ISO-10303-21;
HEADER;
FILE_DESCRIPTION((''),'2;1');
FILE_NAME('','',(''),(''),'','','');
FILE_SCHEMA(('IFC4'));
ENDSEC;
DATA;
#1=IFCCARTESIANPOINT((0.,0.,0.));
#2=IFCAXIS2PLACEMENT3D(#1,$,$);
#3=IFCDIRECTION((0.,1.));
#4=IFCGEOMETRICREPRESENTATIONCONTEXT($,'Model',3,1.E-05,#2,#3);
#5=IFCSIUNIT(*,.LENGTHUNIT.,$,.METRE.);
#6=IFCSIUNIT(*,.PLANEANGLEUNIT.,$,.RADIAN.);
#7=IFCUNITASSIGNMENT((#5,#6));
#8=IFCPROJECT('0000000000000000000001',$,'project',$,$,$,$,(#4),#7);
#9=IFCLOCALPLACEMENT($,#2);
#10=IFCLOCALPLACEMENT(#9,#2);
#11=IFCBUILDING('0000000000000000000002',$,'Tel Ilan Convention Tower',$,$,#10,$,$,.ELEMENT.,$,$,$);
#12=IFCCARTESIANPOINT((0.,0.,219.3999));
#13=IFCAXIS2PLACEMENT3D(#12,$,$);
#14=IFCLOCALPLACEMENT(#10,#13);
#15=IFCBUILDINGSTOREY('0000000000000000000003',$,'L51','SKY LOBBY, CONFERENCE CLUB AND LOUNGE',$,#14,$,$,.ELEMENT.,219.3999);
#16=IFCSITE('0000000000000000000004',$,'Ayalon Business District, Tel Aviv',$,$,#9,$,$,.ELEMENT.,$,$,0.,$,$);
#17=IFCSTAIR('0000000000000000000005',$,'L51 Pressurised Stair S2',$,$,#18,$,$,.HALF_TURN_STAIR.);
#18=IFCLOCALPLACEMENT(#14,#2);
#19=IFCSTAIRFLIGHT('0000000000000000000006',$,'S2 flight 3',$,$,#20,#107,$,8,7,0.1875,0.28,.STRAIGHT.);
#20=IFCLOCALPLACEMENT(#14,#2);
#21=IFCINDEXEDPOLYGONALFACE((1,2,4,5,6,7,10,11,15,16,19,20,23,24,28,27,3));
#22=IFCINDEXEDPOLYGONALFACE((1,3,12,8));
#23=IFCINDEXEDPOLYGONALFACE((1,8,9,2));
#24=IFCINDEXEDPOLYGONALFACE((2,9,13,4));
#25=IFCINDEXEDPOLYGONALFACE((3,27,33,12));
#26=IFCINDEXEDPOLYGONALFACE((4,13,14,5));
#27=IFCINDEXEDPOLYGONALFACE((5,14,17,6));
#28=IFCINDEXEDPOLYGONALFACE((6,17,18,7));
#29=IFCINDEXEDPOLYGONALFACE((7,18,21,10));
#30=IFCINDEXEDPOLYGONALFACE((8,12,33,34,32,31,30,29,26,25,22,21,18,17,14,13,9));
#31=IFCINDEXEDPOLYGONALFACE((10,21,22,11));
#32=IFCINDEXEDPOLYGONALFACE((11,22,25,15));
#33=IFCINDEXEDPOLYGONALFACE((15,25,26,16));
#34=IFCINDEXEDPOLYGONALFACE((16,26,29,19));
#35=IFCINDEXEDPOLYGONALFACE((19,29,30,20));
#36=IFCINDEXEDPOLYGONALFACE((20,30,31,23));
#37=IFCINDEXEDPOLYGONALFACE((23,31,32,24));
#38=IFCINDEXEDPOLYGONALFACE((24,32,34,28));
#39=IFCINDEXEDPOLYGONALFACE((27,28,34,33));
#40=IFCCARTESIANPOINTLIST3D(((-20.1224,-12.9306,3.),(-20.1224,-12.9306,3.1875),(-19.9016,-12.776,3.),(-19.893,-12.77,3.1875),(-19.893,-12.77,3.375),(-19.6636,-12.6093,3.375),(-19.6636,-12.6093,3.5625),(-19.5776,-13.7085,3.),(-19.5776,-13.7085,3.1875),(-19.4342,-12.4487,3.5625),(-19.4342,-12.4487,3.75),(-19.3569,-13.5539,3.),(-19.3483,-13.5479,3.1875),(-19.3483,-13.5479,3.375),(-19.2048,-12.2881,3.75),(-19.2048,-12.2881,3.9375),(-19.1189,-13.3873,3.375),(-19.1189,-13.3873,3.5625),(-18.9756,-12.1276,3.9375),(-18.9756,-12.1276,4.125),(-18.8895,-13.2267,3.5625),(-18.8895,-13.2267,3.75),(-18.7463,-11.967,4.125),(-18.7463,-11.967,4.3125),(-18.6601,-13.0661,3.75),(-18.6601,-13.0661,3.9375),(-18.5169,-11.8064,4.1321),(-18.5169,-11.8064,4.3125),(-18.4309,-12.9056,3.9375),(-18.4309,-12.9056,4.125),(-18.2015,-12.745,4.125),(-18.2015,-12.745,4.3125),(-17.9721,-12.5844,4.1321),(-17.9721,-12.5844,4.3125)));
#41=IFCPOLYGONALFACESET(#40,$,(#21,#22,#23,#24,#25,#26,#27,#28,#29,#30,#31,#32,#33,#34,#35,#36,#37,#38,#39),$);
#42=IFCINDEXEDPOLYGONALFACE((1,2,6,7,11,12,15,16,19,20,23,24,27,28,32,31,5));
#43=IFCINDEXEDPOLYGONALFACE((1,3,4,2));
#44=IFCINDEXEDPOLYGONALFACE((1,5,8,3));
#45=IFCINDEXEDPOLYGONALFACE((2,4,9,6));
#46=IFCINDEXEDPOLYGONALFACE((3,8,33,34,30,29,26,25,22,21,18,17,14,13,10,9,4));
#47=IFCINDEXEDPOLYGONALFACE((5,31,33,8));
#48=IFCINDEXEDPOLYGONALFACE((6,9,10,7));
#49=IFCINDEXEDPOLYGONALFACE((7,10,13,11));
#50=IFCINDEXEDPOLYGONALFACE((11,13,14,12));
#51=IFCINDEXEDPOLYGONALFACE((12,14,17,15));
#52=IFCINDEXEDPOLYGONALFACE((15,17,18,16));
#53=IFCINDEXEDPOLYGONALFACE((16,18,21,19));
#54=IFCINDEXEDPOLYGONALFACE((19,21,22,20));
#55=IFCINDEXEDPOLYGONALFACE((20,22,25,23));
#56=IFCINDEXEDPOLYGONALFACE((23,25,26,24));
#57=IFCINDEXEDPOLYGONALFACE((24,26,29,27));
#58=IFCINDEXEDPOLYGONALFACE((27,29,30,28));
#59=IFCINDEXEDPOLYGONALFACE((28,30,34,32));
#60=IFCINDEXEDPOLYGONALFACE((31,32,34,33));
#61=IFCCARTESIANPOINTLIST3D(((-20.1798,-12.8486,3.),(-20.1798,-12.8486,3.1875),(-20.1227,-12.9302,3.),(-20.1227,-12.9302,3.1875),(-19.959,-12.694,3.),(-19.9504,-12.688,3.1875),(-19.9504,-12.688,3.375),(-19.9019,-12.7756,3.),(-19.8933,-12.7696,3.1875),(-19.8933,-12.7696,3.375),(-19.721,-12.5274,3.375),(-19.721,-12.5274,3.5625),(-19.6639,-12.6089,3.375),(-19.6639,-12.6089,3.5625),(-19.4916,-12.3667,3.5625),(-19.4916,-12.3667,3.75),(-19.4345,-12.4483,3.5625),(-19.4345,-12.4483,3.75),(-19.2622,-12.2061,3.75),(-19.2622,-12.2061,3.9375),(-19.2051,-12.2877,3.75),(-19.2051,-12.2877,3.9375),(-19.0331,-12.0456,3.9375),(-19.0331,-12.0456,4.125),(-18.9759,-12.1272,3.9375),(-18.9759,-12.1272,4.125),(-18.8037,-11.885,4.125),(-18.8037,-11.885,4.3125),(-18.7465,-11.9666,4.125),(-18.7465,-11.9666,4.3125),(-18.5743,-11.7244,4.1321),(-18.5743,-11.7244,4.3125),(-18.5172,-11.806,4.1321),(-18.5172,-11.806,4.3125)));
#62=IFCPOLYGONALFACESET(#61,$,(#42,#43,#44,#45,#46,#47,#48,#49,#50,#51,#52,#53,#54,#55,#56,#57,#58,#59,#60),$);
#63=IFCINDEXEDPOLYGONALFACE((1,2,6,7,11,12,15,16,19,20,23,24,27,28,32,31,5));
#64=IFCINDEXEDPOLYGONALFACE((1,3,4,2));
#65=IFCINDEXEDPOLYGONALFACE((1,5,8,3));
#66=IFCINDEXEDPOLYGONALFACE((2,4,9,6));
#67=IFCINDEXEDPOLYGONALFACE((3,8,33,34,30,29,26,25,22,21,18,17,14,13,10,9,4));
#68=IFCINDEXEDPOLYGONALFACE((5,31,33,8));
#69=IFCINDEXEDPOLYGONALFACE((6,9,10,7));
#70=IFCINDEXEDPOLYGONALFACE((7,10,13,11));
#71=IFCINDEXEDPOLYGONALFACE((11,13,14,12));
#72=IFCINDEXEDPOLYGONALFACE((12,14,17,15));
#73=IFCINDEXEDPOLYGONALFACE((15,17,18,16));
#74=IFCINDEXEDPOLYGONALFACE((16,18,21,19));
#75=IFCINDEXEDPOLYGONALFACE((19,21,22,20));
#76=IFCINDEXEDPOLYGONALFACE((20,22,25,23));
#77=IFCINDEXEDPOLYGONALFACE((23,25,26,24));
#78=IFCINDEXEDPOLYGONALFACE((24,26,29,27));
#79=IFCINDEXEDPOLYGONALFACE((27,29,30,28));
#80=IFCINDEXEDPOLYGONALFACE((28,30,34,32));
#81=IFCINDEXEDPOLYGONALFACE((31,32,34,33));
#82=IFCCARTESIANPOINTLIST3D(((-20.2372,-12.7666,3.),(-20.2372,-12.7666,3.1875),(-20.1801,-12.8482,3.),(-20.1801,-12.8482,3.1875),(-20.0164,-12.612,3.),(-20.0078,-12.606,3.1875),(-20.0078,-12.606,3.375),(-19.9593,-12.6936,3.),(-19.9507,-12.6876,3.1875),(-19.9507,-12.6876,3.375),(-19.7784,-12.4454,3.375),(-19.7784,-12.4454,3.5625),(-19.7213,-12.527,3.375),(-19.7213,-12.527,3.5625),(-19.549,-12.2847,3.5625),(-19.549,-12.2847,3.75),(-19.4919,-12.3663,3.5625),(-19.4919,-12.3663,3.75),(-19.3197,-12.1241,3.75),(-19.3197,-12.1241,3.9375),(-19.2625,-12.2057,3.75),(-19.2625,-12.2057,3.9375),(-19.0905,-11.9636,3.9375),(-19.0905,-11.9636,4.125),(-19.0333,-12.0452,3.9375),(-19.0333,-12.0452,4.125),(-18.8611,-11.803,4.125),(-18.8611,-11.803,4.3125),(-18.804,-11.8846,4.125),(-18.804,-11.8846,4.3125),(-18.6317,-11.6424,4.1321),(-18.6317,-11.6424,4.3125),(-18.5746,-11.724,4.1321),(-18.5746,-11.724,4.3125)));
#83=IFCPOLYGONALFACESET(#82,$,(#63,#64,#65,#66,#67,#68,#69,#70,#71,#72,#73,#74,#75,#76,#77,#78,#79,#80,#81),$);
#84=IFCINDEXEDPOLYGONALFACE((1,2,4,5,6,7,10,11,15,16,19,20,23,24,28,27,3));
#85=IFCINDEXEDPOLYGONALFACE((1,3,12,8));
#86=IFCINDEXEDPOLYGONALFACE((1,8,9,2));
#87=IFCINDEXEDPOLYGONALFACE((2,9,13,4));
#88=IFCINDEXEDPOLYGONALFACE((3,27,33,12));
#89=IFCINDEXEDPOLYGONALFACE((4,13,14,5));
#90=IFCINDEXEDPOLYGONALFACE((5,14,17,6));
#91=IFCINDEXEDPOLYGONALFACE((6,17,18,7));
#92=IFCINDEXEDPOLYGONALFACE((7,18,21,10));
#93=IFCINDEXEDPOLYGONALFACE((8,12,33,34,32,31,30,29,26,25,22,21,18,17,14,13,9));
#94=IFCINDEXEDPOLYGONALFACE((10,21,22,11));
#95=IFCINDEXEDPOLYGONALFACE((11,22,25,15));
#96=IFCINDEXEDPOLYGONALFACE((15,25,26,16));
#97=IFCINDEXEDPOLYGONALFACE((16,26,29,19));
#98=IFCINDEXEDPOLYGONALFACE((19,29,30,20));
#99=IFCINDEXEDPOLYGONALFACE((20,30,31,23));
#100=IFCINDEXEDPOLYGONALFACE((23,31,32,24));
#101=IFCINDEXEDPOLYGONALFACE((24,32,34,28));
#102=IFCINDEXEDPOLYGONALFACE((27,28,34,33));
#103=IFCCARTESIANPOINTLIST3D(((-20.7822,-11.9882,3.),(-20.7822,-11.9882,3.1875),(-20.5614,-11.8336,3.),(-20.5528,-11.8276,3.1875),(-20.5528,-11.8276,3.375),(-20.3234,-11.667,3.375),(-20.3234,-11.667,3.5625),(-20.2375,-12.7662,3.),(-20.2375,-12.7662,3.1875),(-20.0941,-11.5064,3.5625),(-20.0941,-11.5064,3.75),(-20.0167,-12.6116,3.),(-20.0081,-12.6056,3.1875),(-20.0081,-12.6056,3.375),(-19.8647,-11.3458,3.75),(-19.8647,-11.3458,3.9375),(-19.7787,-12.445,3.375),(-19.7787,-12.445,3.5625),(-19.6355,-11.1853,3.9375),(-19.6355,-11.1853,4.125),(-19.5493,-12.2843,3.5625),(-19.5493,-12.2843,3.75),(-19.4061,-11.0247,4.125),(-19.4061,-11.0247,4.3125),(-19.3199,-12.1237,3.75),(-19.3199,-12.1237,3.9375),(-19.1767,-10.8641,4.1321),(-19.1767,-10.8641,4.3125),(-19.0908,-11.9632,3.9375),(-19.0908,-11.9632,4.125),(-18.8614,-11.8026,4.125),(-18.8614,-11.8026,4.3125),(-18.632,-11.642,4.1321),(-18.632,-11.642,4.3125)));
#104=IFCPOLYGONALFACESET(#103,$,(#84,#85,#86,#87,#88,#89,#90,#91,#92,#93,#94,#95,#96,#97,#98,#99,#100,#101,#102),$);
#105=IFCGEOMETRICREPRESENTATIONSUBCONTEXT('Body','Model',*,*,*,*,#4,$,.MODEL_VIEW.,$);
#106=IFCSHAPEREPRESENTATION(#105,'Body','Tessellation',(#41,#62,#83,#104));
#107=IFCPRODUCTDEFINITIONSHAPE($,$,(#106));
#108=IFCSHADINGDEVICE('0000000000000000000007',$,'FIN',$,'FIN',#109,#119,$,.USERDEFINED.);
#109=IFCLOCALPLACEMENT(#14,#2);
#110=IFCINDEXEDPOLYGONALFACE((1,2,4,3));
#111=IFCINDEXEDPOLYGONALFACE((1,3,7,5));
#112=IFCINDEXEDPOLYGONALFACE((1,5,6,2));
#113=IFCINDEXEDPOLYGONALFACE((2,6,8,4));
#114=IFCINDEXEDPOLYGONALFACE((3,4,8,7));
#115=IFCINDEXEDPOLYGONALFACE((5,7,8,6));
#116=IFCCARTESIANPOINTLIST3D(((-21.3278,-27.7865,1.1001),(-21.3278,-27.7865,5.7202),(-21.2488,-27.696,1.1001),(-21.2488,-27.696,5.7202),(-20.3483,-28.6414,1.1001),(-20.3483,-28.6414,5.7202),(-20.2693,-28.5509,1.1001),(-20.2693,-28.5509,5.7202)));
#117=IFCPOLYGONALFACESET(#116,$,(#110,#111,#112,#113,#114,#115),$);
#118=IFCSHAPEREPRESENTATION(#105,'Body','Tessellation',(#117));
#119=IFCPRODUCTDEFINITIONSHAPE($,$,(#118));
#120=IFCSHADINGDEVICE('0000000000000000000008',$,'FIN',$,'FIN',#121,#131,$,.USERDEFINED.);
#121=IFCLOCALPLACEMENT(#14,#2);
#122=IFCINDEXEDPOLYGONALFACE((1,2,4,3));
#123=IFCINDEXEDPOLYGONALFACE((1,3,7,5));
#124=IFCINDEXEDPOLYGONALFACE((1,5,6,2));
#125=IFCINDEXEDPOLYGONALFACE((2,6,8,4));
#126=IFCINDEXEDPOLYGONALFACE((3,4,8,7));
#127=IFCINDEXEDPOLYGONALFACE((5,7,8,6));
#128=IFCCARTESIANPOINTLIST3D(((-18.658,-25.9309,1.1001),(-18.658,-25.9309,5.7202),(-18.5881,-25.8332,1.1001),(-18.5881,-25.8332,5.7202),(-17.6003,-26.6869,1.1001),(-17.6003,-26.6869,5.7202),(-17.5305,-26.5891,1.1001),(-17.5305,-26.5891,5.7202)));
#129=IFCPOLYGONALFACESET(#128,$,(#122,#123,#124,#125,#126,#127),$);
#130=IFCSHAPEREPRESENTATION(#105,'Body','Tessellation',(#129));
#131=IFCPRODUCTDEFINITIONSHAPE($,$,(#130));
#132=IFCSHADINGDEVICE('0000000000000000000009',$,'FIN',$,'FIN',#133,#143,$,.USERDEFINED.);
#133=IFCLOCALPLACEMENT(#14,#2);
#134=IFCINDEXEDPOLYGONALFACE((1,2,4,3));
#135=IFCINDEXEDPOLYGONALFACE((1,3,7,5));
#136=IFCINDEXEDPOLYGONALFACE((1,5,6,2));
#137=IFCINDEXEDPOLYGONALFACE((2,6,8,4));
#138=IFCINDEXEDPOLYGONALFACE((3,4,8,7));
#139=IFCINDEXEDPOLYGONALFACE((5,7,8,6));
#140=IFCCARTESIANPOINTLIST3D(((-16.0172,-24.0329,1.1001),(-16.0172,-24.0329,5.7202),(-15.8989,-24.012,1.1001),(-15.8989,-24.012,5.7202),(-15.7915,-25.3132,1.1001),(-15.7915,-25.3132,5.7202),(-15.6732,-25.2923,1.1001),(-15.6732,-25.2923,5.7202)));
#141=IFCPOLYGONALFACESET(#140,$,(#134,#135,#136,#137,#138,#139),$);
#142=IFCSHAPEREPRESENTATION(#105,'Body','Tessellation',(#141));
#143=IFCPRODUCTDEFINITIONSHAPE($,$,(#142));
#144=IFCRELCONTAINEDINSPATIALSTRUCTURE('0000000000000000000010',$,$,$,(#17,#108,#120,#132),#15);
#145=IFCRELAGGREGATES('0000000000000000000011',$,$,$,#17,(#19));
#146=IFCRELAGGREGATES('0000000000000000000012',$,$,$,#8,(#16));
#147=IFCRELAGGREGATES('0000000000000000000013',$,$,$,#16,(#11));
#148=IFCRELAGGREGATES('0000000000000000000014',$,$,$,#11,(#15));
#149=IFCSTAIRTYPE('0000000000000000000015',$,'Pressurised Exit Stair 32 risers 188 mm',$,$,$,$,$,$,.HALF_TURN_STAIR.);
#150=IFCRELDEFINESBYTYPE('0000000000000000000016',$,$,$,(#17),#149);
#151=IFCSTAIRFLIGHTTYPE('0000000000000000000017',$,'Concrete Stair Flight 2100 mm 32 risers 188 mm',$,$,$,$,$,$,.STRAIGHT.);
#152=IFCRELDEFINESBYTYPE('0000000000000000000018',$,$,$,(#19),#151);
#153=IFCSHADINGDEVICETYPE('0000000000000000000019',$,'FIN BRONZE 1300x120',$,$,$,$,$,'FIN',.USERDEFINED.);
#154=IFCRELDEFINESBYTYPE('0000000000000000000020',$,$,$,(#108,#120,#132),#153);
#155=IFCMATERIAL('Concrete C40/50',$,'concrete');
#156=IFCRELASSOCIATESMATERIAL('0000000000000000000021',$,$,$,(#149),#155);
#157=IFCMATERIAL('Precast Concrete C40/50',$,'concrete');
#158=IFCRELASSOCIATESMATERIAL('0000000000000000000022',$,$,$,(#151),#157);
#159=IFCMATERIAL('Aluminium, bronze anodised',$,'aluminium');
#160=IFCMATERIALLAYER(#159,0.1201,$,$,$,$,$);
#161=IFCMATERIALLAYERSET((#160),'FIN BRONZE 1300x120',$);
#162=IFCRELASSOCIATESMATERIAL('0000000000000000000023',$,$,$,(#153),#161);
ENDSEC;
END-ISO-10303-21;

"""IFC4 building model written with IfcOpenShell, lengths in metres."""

from ifc_helpers import new_model, si_unit, direction, frame, origin, origin_2d, place, context, subcontext, project, spatial, polyline, rectangle, outline, extrude, material, layer, layer_set, type_object, element, aggregate, save


model = new_model("IFC4")

# Units and contexts
model_context = context("Model", 3, precision=1e-05, world=origin(), true_north=direction((0.0, 1.0)))
body_context = subcontext(model_context, "Body", "Model", "MODEL_VIEW")
ifc_project = project(units=[si_unit("LENGTHUNIT", "METRE"), si_unit("PLANEANGLEUNIT", "RADIAN")], contexts=[model_context])

# Site, building, storey
site_placement = place(None, origin())
site = spatial("IfcSite", under=ifc_project, at=site_placement, Name="Ayalon Business District, Tel Aviv", CompositionType="ELEMENT", RefElevation=0.0)
building_placement = place(site_placement, origin())
building = spatial("IfcBuilding", under=site, at=building_placement, Name="Tel Ilan Convention Tower", CompositionType="ELEMENT")
storey_placement = place(building_placement, frame((0.0, 0.0, 219.3999)))
storey = spatial("IfcBuildingStorey", under=building, at=storey_placement, Name="L51", Description="SKY LOBBY, CONFERENCE CLUB AND LOUNGE", CompositionType="ELEMENT", Elevation=219.3999)

# Stair, stair flight
ifc_material_1 = material(Name="Concrete C40/50", Category="concrete")
stair_type = type_object("IfcStairType", Name="Pressurised Exit Stair 32 risers 188 mm", PredefinedType="HALF_TURN_STAIR", material=ifc_material_1)
stair_placement = place(storey_placement, origin())
stair = element("IfcStair", 1, at=stair_placement, inside=storey, type_object=stair_type, Name="L51 Pressurised Stair S2", PredefinedType="HALF_TURN_STAIR")
ifc_material_2 = material(Name="Precast Concrete C40/50", Category="concrete")
stair_flight_type = type_object("IfcStairFlightType", Name="Concrete Stair Flight 2100 mm 32 risers 188 mm", PredefinedType="STRAIGHT", material=ifc_material_2)
stair_flight_1_placement = place(storey_placement, frame((-20.1799, -12.8484, 3.0), z_axis=(0.0, 0.0, 1.0), x_axis=(0.819152, 0.573576, 0.0)))
stair_flight_1 = element("IfcStairFlight", 2, at=stair_flight_1_placement, type_object=stair_flight_type, Name="S2 flight 3", NumberOfRisers=8, NumberOfTreads=7, PredefinedType="STRAIGHT", RiserHeight=0.1875, TreadLength=0.28, context=body_context, shape_type="SweptSolid", body=[
    extrude(outline(polyline([(0.0, 0.0), (0.0, 0.1875), (0.28, 0.1875), (0.28, 0.375), (0.5601, 0.375), (0.5601, 0.5625), (0.8401, 0.5625), (0.8401, 0.75), (1.1201, 0.75), (1.1201, 0.9375), (1.3999, 0.9375), (1.3999, 1.125), (1.6799, 1.125), (1.6799, 1.3125), (1.96, 1.3125), (1.96, 1.5), (1.96, 1.1321), (0.2695, 0.0), (0.0, 0.0)])), frame((0.0, -0.1003, 0.0), z_axis=(0.0, -1.0, 0.0), x_axis=(1.0, 0.0, 0.0)), (0.0, 0.0, 1.0), 0.9497),
    extrude(outline(polyline([(0.0, 0.0), (0.0, 0.1875), (0.28, 0.1875), (0.28, 0.375), (0.5601, 0.375), (0.5601, 0.5625), (0.8401, 0.5625), (0.8401, 0.75), (1.1201, 0.75), (1.1201, 0.9375), (1.3999, 0.9375), (1.3999, 1.125), (1.6799, 1.125), (1.6799, 1.3125), (1.96, 1.3125), (1.96, 1.5), (1.96, 1.1321), (0.2695, 0.0), (0.0, 0.0)])), frame((0.0, -0.0002, 0.0), z_axis=(0.0, -1.0, 0.0), x_axis=(1.0, 0.0, 0.0)), (0.0, 0.0, 1.0), 0.0996),
    extrude(outline(polyline([(0.0, 0.0), (0.0, 0.1875), (0.28, 0.1875), (0.28, 0.375), (0.5601, 0.375), (0.5601, 0.5625), (0.8401, 0.5625), (0.8401, 0.75), (1.1201, 0.75), (1.1201, 0.9375), (1.3999, 0.9375), (1.3999, 1.125), (1.6799, 1.125), (1.6799, 1.3125), (1.96, 1.3125), (1.96, 1.5), (1.96, 1.1321), (0.2695, 0.0), (0.0, 0.0)])), frame((0.0, 0.0999, 0.0), z_axis=(0.0, -1.0, 0.0), x_axis=(1.0, 0.0, 0.0)), (0.0, 0.0, 1.0), 0.0996),
    extrude(outline(polyline([(0.0, 0.0), (0.0, 0.1875), (0.28, 0.1875), (0.28, 0.375), (0.5601, 0.375), (0.5601, 0.5625), (0.8401, 0.5625), (0.8401, 0.75), (1.1201, 0.75), (1.1201, 0.9375), (1.3999, 0.9375), (1.3999, 1.125), (1.6799, 1.125), (1.6799, 1.3125), (1.96, 1.3125), (1.96, 1.5), (1.96, 1.1321), (0.2695, 0.0), (0.0, 0.0)])), frame((0.0, 1.05, 0.0), z_axis=(0.0, -1.0, 0.0), x_axis=(1.0, 0.0, 0.0)), (0.0, 0.0, 1.0), 0.9497),
])
aggregate(stair, [stair_flight_1])

# Shading devices
ifc_material_3 = material(Name="Aluminium, bronze anodised", Category="aluminium")
ifc_layer_1 = layer(ifc_material_3, 0.1201)
ifc_layer_set_1 = layer_set([ifc_layer_1], Name="FIN BRONZE 1300x120")
shading_device_type = type_object("IfcShadingDeviceType", Name="FIN BRONZE 1300x120", ElementType="FIN", PredefinedType="USERDEFINED", material=ifc_layer_set_1)
for number, where, z_axis, x_axis, name in (
    (3, (-20.7986, -28.1687, 1.1001), (0.0, 0.0, 1.0), (0.753436, -0.657521, 0.0), "FIN"),
    (4, (-18.0942, -26.26, 1.1001), (0.0, 0.0, 1.0), (0.813552, -0.581492, 0.0), "FIN"),
    (5, (-15.8452, -24.6626, 1.1001), (0.0, 0.0, 1.0), (0.173648, -0.984808, 0.0), "FIN"),
):
    element("IfcShadingDevice", number, at=place(storey_placement, frame(where, z_axis=z_axis, x_axis=x_axis)), inside=storey, type_object=shading_device_type, Name=name, ObjectType="FIN", PredefinedType="USERDEFINED", context=body_context, shape_type="SweptSolid", body=[
        extrude(rectangle(XDim=1.3, YDim=0.1201, at=origin_2d()), origin(), (0.0, 0.0, 1.0), 4.6201),
    ])

save(model, "model.ifc")
